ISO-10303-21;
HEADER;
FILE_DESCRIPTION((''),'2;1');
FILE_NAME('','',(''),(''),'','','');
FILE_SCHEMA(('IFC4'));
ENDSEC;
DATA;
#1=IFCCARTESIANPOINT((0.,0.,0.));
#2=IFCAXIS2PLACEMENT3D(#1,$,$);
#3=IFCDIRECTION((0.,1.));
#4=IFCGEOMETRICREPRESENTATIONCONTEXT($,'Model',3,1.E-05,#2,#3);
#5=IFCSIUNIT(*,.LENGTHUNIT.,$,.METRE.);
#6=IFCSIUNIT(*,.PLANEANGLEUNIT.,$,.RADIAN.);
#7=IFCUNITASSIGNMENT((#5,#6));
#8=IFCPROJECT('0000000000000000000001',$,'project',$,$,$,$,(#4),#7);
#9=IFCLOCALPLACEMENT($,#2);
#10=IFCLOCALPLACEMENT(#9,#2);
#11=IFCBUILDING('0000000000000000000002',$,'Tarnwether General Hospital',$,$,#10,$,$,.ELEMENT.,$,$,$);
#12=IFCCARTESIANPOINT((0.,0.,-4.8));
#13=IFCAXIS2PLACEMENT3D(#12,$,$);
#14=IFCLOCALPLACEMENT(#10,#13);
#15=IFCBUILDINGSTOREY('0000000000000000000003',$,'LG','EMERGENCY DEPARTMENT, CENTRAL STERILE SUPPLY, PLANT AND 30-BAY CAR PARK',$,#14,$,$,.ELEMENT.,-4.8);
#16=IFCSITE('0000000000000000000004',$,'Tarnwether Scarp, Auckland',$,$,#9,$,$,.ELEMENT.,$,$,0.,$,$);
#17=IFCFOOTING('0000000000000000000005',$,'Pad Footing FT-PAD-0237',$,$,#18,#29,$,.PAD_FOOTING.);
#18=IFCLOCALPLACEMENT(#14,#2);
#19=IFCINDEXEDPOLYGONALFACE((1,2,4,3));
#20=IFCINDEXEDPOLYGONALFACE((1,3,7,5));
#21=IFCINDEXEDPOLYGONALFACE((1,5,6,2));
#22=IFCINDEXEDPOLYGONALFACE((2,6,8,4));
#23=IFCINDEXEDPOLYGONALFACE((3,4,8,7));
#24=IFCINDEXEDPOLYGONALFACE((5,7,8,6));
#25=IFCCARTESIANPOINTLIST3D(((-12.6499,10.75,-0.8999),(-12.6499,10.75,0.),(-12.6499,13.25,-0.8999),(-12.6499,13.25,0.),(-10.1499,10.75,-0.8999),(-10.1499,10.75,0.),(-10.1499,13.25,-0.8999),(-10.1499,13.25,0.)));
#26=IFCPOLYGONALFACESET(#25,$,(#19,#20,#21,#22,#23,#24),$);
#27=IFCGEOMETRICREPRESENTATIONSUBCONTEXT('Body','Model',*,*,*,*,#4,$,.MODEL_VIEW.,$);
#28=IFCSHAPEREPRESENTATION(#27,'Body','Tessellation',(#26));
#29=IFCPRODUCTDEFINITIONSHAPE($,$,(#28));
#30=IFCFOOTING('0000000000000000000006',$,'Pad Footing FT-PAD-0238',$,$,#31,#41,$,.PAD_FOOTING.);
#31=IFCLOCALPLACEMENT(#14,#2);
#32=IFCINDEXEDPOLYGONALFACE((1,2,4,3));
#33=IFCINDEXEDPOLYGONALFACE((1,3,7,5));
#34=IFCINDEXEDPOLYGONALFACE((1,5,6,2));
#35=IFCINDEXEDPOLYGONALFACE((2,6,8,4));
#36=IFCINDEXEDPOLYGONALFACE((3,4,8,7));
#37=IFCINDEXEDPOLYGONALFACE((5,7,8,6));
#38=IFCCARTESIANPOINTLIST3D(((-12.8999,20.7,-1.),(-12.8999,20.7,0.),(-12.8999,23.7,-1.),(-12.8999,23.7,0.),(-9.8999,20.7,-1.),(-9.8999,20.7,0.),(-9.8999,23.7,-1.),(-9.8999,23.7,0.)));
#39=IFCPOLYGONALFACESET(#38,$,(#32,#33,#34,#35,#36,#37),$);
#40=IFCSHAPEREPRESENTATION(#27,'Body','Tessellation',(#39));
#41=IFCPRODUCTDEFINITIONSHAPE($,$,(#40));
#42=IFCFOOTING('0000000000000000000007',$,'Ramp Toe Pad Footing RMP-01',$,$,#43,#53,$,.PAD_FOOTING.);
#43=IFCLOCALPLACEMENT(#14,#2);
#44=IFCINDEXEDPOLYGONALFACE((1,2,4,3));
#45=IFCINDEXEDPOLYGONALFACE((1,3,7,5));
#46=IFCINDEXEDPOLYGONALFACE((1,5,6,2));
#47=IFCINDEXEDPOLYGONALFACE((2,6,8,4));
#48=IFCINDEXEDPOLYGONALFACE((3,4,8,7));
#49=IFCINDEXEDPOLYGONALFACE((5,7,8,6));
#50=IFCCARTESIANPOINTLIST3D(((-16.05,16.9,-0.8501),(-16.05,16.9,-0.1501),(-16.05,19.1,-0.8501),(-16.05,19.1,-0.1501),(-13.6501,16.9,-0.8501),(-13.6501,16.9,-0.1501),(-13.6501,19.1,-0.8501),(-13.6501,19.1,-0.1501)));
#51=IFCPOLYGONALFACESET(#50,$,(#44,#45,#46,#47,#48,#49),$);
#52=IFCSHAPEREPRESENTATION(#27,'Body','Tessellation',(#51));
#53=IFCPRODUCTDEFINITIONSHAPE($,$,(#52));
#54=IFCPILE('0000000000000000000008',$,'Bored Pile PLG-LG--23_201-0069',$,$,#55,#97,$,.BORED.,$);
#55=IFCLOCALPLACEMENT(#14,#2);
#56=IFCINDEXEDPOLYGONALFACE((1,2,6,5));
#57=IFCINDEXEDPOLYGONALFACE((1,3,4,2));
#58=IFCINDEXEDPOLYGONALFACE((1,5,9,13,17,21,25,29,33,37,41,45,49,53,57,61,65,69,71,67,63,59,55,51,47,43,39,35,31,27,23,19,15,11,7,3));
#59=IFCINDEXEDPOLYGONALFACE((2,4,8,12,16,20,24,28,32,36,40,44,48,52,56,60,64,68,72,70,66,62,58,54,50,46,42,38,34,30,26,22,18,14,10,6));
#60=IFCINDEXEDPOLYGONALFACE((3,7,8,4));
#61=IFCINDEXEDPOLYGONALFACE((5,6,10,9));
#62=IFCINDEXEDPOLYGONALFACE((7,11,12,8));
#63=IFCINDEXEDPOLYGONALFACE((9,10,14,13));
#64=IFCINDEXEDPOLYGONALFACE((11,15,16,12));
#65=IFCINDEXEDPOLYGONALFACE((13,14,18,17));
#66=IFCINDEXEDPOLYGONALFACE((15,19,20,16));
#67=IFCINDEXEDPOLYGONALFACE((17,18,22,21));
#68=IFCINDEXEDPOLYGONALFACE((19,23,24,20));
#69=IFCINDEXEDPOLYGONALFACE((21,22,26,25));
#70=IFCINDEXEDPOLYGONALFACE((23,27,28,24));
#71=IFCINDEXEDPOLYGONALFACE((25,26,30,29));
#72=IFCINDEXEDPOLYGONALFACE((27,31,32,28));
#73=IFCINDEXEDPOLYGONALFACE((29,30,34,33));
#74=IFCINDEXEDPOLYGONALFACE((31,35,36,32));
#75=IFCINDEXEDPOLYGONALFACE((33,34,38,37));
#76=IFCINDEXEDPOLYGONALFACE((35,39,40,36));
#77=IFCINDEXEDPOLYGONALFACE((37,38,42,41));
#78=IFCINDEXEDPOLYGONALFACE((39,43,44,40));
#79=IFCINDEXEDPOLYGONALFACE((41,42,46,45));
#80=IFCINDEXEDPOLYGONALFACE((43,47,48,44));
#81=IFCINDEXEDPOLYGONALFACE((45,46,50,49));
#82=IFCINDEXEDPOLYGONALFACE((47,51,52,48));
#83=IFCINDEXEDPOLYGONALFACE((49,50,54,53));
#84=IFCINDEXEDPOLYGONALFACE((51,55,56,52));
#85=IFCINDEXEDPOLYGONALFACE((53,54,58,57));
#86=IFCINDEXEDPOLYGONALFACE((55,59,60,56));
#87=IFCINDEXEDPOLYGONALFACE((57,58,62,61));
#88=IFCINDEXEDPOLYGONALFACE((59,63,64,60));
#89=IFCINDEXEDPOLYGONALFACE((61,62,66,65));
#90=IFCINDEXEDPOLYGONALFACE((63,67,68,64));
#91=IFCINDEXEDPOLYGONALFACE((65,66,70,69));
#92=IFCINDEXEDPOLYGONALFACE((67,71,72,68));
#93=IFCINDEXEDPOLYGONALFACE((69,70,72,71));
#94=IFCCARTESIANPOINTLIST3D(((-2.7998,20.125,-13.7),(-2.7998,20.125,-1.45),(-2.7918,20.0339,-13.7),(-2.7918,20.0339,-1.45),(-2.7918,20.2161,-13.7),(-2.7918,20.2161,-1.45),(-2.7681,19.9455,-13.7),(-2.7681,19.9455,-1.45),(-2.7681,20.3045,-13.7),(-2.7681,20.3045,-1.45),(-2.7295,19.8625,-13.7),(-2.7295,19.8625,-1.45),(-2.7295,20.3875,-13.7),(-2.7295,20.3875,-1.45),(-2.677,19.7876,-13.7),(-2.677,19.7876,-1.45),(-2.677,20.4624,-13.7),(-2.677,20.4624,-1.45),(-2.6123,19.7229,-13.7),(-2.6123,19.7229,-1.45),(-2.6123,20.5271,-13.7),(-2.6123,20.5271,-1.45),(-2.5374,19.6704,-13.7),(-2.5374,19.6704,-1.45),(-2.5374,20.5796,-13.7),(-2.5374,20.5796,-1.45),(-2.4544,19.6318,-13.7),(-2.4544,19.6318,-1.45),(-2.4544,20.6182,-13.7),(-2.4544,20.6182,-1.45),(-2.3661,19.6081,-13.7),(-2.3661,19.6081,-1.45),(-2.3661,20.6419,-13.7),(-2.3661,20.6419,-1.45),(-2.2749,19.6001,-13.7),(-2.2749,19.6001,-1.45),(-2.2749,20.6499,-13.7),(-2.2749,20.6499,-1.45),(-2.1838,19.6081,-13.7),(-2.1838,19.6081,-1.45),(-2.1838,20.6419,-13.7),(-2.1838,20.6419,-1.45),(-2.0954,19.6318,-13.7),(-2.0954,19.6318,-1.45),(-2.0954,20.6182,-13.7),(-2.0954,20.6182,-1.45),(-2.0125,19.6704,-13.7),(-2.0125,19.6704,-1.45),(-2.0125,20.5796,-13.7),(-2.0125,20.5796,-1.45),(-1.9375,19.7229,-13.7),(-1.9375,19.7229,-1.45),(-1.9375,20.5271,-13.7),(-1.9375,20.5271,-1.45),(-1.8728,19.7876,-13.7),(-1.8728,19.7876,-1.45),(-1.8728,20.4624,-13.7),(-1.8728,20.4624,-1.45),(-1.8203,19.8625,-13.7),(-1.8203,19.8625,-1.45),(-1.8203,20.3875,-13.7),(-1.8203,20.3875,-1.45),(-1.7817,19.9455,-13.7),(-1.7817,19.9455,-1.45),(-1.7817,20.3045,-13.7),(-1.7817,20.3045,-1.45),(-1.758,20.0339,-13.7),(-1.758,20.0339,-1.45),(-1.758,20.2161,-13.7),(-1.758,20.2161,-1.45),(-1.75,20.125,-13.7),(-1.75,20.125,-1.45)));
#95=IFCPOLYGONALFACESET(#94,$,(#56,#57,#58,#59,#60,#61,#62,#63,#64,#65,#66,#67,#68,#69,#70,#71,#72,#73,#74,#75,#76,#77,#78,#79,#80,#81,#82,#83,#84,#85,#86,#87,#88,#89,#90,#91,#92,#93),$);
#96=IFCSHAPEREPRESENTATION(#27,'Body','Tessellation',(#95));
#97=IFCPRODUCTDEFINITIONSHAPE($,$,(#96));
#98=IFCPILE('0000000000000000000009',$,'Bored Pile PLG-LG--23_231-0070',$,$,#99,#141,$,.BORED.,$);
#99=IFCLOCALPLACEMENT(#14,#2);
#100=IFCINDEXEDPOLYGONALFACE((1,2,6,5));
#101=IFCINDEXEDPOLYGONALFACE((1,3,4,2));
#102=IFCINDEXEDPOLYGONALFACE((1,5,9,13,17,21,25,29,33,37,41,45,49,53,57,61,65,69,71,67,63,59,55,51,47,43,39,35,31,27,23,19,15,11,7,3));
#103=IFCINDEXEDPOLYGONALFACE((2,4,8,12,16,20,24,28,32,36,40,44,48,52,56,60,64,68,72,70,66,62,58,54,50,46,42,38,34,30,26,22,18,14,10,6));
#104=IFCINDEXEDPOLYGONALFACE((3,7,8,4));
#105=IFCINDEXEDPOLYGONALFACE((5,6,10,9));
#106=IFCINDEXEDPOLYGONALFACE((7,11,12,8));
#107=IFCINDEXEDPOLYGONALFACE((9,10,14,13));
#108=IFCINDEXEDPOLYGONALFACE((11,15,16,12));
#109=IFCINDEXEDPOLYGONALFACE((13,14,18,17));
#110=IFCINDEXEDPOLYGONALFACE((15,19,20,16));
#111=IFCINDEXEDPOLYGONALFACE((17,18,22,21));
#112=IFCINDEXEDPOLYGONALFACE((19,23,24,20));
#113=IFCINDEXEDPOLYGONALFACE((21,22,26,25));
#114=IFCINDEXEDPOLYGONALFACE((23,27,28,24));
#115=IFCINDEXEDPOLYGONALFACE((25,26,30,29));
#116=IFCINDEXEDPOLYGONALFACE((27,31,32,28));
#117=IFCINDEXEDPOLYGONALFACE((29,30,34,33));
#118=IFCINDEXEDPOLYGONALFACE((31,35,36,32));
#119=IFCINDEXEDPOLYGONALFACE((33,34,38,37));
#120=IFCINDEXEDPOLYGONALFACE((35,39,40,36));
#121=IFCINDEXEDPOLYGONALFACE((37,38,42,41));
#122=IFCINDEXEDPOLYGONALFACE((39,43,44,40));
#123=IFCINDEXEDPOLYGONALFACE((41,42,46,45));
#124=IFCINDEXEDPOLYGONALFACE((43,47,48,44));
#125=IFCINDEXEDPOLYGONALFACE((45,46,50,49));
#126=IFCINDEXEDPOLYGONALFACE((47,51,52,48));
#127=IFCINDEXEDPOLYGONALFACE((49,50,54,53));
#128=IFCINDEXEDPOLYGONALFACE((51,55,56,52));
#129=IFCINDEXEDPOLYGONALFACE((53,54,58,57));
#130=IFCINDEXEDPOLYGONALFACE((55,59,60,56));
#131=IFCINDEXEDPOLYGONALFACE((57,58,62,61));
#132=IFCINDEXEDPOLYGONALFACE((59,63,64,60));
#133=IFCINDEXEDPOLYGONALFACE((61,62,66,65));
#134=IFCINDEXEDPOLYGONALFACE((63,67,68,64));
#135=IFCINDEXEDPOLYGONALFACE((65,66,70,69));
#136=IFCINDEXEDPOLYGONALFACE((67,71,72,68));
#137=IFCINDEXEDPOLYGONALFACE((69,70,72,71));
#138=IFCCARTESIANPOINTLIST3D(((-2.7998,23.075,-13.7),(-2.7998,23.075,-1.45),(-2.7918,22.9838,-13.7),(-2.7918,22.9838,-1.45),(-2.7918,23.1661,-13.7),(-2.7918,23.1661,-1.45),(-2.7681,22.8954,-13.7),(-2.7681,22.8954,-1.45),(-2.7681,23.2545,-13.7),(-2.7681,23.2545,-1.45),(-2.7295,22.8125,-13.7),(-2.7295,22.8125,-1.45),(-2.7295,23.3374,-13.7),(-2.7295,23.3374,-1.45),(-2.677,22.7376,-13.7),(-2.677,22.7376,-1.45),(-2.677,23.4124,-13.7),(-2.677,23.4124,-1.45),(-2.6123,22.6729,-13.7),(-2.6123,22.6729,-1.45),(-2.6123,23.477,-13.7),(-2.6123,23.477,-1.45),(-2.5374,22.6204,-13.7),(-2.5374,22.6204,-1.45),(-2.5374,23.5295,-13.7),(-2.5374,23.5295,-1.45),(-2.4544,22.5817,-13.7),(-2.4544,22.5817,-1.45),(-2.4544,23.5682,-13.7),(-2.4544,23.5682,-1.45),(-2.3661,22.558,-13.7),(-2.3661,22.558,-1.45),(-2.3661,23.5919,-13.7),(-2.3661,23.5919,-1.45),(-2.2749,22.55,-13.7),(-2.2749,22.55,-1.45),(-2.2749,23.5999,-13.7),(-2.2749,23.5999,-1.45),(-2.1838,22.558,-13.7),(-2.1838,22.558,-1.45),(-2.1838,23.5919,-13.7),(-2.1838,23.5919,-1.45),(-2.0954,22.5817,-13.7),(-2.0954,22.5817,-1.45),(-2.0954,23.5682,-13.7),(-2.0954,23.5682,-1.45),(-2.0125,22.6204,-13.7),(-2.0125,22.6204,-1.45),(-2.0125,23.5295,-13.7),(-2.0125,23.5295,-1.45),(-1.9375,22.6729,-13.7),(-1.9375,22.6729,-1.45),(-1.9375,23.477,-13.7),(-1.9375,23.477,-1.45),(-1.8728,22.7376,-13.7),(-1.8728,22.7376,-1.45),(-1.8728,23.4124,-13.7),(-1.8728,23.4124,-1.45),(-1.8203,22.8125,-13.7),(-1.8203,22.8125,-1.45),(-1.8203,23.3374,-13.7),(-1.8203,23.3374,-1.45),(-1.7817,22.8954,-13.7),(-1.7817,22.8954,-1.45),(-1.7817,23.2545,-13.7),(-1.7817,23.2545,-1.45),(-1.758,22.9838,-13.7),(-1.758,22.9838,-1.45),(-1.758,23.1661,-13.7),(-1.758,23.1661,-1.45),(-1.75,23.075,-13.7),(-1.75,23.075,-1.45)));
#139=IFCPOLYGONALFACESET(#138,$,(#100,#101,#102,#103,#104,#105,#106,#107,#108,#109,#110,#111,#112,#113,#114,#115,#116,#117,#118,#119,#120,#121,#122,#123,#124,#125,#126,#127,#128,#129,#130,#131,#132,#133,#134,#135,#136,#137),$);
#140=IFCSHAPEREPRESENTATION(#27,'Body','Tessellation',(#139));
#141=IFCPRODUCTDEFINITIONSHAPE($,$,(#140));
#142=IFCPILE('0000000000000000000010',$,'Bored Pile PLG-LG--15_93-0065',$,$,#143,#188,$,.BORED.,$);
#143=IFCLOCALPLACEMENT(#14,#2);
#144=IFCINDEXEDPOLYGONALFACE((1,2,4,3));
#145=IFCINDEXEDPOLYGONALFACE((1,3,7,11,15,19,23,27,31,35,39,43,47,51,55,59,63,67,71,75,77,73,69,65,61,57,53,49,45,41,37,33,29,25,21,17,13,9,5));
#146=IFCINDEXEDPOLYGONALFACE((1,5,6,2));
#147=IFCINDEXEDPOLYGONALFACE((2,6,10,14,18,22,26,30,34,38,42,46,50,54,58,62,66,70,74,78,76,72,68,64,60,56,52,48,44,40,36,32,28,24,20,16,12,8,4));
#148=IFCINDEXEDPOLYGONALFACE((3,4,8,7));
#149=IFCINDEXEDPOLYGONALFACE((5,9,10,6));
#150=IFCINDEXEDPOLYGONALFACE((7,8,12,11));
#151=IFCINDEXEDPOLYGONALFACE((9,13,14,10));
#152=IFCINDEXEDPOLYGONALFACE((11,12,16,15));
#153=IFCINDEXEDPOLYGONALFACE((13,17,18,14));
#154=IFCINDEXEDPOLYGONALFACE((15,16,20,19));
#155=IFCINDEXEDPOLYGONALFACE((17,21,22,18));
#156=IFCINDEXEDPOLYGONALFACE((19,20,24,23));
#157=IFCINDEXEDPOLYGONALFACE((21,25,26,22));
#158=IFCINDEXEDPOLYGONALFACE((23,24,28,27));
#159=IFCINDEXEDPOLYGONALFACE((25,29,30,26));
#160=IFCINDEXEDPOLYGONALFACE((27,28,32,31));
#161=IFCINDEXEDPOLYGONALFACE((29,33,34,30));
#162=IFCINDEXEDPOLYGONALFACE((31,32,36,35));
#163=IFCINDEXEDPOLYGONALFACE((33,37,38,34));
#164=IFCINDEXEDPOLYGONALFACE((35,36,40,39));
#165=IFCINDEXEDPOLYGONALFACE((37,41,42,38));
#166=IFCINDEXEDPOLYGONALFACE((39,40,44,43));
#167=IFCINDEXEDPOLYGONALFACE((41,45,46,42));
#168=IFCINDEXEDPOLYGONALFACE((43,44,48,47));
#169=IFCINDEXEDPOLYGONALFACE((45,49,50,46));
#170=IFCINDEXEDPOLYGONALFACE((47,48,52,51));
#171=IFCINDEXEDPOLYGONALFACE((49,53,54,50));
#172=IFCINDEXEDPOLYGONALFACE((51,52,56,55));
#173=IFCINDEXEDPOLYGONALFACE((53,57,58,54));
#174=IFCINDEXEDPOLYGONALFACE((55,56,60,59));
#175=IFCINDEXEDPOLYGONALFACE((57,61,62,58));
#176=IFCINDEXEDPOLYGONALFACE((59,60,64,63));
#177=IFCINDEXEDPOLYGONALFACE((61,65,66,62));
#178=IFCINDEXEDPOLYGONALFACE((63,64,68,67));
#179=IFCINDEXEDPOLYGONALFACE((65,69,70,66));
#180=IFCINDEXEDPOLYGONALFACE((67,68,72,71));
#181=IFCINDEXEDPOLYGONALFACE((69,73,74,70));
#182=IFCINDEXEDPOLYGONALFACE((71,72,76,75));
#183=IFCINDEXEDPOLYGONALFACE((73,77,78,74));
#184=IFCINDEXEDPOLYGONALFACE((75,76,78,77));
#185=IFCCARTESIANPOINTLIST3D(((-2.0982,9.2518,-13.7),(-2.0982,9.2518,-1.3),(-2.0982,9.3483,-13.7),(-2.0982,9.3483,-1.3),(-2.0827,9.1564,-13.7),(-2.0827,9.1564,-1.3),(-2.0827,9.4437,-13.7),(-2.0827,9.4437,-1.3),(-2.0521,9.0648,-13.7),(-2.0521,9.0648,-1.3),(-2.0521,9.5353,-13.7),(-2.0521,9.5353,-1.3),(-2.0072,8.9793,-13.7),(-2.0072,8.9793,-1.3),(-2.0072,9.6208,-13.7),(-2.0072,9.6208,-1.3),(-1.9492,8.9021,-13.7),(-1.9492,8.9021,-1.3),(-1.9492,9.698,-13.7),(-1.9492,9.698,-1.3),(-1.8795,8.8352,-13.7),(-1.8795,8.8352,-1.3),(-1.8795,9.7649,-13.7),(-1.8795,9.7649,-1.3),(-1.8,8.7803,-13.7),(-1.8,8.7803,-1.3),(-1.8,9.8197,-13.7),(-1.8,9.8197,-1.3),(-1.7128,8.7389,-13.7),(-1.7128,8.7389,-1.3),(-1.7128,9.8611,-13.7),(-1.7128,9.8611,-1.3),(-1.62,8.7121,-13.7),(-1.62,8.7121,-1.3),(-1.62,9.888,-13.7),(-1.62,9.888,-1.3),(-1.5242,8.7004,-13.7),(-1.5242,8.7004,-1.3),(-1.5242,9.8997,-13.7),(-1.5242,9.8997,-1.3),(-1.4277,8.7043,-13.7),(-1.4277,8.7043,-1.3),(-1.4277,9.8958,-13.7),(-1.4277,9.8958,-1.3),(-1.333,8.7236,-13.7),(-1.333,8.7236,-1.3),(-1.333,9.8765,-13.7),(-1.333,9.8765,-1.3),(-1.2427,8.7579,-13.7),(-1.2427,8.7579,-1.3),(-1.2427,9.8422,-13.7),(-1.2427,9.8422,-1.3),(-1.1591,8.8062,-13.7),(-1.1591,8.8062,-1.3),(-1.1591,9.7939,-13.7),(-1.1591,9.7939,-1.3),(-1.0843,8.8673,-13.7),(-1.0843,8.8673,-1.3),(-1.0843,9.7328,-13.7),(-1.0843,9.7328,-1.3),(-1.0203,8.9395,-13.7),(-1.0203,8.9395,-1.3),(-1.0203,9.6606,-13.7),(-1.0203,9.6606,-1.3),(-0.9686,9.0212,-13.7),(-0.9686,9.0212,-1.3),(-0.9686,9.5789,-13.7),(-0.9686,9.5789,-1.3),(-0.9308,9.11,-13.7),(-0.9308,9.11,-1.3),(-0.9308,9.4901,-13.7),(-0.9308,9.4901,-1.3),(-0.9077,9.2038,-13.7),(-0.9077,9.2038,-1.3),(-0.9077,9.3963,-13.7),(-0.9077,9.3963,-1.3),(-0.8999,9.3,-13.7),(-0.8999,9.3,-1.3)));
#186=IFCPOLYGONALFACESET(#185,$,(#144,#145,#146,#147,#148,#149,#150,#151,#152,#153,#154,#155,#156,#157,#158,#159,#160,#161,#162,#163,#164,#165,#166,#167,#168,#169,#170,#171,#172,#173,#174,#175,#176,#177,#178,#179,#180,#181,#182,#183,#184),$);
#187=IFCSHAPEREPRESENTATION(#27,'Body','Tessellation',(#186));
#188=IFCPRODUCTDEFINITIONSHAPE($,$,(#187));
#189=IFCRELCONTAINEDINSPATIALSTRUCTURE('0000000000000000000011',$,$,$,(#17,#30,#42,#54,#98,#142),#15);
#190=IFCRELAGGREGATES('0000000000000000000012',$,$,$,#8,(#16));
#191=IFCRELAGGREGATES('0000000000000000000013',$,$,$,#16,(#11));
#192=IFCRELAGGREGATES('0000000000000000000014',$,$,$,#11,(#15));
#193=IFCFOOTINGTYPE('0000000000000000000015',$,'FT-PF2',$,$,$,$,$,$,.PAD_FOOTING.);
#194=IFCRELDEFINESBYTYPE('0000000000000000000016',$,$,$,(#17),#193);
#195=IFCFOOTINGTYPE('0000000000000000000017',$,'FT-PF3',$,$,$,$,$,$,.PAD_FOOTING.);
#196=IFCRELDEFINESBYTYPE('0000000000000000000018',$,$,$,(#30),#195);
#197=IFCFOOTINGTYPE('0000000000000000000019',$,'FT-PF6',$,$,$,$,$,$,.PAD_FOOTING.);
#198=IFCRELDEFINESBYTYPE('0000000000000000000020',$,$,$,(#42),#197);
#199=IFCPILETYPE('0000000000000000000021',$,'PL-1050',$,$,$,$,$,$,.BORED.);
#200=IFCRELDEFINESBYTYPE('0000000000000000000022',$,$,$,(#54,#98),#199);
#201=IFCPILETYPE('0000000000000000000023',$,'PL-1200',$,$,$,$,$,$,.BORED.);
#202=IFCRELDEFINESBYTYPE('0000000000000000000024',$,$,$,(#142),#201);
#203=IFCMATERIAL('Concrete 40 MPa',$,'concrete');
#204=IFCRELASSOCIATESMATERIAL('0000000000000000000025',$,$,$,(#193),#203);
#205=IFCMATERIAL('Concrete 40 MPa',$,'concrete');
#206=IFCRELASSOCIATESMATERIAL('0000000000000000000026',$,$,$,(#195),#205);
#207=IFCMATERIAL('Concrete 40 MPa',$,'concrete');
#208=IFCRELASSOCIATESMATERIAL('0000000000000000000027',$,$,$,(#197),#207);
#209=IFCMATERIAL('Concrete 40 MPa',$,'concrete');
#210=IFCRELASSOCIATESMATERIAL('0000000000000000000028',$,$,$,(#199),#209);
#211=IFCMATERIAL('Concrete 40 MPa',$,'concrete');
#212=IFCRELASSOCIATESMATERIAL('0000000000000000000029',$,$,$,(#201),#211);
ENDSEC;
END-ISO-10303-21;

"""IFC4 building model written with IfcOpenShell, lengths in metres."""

from ifc_helpers import new_model, si_unit, direction, frame, origin, origin_2d, place, context, subcontext, project, spatial, rectangle, circle, extrude, material, material_profile, profile_set, type_object, element, save


model = new_model("IFC4")

# Units and contexts
model_context = context("Model", 3, precision=1e-05, world=origin(), true_north=direction((0.0, 1.0)))
body_context = subcontext(model_context, "Body", "Model", "MODEL_VIEW")
ifc_project = project(units=[si_unit("LENGTHUNIT", "METRE"), si_unit("PLANEANGLEUNIT", "RADIAN")], contexts=[model_context])

# Site, building, storey
site_placement = place(None, origin())
site = spatial("IfcSite", under=ifc_project, at=site_placement, Name="Tarnwether Scarp, Auckland", CompositionType="ELEMENT", RefElevation=0.0)
building_placement = place(site_placement, origin())
building = spatial("IfcBuilding", under=site, at=building_placement, Name="Tarnwether General Hospital", CompositionType="ELEMENT")
storey_placement = place(building_placement, frame((0.0, 0.0, -4.8)))
storey = spatial("IfcBuildingStorey", under=building, at=storey_placement, Name="LG", Description="EMERGENCY DEPARTMENT, CENTRAL STERILE SUPPLY, PLANT AND 30-BAY CAR PARK", CompositionType="ELEMENT", Elevation=-4.8)

# Footings
ifc_material_1 = material(Name="Concrete 40 MPa", Category="concrete")
footing_type_1 = type_object("IfcFootingType", Name="FT-PF2", PredefinedType="PAD_FOOTING", material=ifc_material_1)
footing_1_placement = place(storey_placement, frame((-11.3999, 12.0, -0.8999), z_axis=(0.0, 0.0, 1.0), x_axis=(1.0, 0.0, 0.0)))
element("IfcFooting", 1, at=footing_1_placement, inside=storey, type_object=footing_type_1, Name="Pad Footing FT-PAD-0237", PredefinedType="PAD_FOOTING", context=body_context, shape_type="SweptSolid", body=[
    extrude(rectangle(XDim=2.5, YDim=2.5, at=origin_2d()), origin(), (0.0, 0.0, 1.0), 0.8999),
])
ifc_material_2 = material(Name="Concrete 40 MPa", Category="concrete")
footing_type_2 = type_object("IfcFootingType", Name="FT-PF3", PredefinedType="PAD_FOOTING", material=ifc_material_2)
footing_2_placement = place(storey_placement, frame((-11.3999, 22.2, -1.0), z_axis=(0.0, 0.0, 1.0), x_axis=(1.0, 0.0, 0.0)))
element("IfcFooting", 2, at=footing_2_placement, inside=storey, type_object=footing_type_2, Name="Pad Footing FT-PAD-0238", PredefinedType="PAD_FOOTING", context=body_context, shape_type="SweptSolid", body=[
    extrude(rectangle(XDim=3.0, YDim=3.0, at=origin_2d()), origin(), (0.0, 0.0, 1.0), 1.0),
])
ifc_material_3 = material(Name="Concrete 40 MPa", Category="concrete")
footing_type_3 = type_object("IfcFootingType", Name="FT-PF6", PredefinedType="PAD_FOOTING", material=ifc_material_3)
footing_3_placement = place(storey_placement, frame((-14.8501, 18.0, -0.8501), z_axis=(0.0, 0.0, 1.0), x_axis=(1.0, 0.0, 0.0)))
element("IfcFooting", 3, at=footing_3_placement, inside=storey, type_object=footing_type_3, Name="Ramp Toe Pad Footing RMP-01", PredefinedType="PAD_FOOTING", context=body_context, shape_type="SweptSolid", body=[
    extrude(rectangle(XDim=2.3999, YDim=2.2, at=origin_2d()), origin(), (0.0, 0.0, 1.0), 0.7),
])

# Piles
ifc_material_4 = material(Name="Concrete 40 MPa", Category="concrete")
ifc_material_profile_1 = material_profile(ifc_material_4, circle(Radius=0.5249, at=origin_2d()), Name="PILE-D1050")
ifc_profile_set_1 = profile_set([ifc_material_profile_1], Name="Concrete 40 MPa")
pile_type_1 = type_object("IfcPileType", Name="PL-1050", PredefinedType="BORED", material=ifc_profile_set_1)
for number, where, z_axis, x_axis, name in (
    (4, (-2.2749, 20.125, -1.45), (0.0, 0.0, -1.0), (1.0, 0.0, 0.0), "Bored Pile PLG-LG--23_201-0069"),
    (5, (-2.2749, 23.075, -1.45), (0.0, 0.0, -1.0), (1.0, 0.0, 0.0), "Bored Pile PLG-LG--23_231-0070"),
):
    element("IfcPile", number, at=place(storey_placement, frame(where, z_axis=z_axis, x_axis=x_axis)), inside=storey, type_object=pile_type_1, Name=name, PredefinedType="BORED", context=body_context, shape_type="SweptSolid", body=[
        extrude(circle(Radius=0.5249, at=origin_2d()), origin(), (0.0, 0.0, 1.0), 12.25),
    ])
ifc_material_5 = material(Name="Concrete 40 MPa", Category="concrete")
ifc_material_profile_2 = material_profile(ifc_material_5, circle(Radius=0.6001, at=origin_2d()), Name="PILE-D1200")
ifc_profile_set_2 = profile_set([ifc_material_profile_2], Name="Concrete 40 MPa")
pile_type_2 = type_object("IfcPileType", Name="PL-1200", PredefinedType="BORED", material=ifc_profile_set_2)
for number, where, z_axis, x_axis, name in (
    (6, (-1.5, 9.3, -1.3), (0.0, 0.0, -1.0), (1.0, 0.0, 0.0), "Bored Pile PLG-LG--15_93-0065"),
):
    element("IfcPile", number, at=place(storey_placement, frame(where, z_axis=z_axis, x_axis=x_axis)), inside=storey, type_object=pile_type_2, Name=name, PredefinedType="BORED", context=body_context, shape_type="SweptSolid", body=[
        extrude(circle(Radius=0.6001, at=origin_2d()), origin(), (0.0, 0.0, 1.0), 12.3999),
    ])

save(model, "model.ifc")
